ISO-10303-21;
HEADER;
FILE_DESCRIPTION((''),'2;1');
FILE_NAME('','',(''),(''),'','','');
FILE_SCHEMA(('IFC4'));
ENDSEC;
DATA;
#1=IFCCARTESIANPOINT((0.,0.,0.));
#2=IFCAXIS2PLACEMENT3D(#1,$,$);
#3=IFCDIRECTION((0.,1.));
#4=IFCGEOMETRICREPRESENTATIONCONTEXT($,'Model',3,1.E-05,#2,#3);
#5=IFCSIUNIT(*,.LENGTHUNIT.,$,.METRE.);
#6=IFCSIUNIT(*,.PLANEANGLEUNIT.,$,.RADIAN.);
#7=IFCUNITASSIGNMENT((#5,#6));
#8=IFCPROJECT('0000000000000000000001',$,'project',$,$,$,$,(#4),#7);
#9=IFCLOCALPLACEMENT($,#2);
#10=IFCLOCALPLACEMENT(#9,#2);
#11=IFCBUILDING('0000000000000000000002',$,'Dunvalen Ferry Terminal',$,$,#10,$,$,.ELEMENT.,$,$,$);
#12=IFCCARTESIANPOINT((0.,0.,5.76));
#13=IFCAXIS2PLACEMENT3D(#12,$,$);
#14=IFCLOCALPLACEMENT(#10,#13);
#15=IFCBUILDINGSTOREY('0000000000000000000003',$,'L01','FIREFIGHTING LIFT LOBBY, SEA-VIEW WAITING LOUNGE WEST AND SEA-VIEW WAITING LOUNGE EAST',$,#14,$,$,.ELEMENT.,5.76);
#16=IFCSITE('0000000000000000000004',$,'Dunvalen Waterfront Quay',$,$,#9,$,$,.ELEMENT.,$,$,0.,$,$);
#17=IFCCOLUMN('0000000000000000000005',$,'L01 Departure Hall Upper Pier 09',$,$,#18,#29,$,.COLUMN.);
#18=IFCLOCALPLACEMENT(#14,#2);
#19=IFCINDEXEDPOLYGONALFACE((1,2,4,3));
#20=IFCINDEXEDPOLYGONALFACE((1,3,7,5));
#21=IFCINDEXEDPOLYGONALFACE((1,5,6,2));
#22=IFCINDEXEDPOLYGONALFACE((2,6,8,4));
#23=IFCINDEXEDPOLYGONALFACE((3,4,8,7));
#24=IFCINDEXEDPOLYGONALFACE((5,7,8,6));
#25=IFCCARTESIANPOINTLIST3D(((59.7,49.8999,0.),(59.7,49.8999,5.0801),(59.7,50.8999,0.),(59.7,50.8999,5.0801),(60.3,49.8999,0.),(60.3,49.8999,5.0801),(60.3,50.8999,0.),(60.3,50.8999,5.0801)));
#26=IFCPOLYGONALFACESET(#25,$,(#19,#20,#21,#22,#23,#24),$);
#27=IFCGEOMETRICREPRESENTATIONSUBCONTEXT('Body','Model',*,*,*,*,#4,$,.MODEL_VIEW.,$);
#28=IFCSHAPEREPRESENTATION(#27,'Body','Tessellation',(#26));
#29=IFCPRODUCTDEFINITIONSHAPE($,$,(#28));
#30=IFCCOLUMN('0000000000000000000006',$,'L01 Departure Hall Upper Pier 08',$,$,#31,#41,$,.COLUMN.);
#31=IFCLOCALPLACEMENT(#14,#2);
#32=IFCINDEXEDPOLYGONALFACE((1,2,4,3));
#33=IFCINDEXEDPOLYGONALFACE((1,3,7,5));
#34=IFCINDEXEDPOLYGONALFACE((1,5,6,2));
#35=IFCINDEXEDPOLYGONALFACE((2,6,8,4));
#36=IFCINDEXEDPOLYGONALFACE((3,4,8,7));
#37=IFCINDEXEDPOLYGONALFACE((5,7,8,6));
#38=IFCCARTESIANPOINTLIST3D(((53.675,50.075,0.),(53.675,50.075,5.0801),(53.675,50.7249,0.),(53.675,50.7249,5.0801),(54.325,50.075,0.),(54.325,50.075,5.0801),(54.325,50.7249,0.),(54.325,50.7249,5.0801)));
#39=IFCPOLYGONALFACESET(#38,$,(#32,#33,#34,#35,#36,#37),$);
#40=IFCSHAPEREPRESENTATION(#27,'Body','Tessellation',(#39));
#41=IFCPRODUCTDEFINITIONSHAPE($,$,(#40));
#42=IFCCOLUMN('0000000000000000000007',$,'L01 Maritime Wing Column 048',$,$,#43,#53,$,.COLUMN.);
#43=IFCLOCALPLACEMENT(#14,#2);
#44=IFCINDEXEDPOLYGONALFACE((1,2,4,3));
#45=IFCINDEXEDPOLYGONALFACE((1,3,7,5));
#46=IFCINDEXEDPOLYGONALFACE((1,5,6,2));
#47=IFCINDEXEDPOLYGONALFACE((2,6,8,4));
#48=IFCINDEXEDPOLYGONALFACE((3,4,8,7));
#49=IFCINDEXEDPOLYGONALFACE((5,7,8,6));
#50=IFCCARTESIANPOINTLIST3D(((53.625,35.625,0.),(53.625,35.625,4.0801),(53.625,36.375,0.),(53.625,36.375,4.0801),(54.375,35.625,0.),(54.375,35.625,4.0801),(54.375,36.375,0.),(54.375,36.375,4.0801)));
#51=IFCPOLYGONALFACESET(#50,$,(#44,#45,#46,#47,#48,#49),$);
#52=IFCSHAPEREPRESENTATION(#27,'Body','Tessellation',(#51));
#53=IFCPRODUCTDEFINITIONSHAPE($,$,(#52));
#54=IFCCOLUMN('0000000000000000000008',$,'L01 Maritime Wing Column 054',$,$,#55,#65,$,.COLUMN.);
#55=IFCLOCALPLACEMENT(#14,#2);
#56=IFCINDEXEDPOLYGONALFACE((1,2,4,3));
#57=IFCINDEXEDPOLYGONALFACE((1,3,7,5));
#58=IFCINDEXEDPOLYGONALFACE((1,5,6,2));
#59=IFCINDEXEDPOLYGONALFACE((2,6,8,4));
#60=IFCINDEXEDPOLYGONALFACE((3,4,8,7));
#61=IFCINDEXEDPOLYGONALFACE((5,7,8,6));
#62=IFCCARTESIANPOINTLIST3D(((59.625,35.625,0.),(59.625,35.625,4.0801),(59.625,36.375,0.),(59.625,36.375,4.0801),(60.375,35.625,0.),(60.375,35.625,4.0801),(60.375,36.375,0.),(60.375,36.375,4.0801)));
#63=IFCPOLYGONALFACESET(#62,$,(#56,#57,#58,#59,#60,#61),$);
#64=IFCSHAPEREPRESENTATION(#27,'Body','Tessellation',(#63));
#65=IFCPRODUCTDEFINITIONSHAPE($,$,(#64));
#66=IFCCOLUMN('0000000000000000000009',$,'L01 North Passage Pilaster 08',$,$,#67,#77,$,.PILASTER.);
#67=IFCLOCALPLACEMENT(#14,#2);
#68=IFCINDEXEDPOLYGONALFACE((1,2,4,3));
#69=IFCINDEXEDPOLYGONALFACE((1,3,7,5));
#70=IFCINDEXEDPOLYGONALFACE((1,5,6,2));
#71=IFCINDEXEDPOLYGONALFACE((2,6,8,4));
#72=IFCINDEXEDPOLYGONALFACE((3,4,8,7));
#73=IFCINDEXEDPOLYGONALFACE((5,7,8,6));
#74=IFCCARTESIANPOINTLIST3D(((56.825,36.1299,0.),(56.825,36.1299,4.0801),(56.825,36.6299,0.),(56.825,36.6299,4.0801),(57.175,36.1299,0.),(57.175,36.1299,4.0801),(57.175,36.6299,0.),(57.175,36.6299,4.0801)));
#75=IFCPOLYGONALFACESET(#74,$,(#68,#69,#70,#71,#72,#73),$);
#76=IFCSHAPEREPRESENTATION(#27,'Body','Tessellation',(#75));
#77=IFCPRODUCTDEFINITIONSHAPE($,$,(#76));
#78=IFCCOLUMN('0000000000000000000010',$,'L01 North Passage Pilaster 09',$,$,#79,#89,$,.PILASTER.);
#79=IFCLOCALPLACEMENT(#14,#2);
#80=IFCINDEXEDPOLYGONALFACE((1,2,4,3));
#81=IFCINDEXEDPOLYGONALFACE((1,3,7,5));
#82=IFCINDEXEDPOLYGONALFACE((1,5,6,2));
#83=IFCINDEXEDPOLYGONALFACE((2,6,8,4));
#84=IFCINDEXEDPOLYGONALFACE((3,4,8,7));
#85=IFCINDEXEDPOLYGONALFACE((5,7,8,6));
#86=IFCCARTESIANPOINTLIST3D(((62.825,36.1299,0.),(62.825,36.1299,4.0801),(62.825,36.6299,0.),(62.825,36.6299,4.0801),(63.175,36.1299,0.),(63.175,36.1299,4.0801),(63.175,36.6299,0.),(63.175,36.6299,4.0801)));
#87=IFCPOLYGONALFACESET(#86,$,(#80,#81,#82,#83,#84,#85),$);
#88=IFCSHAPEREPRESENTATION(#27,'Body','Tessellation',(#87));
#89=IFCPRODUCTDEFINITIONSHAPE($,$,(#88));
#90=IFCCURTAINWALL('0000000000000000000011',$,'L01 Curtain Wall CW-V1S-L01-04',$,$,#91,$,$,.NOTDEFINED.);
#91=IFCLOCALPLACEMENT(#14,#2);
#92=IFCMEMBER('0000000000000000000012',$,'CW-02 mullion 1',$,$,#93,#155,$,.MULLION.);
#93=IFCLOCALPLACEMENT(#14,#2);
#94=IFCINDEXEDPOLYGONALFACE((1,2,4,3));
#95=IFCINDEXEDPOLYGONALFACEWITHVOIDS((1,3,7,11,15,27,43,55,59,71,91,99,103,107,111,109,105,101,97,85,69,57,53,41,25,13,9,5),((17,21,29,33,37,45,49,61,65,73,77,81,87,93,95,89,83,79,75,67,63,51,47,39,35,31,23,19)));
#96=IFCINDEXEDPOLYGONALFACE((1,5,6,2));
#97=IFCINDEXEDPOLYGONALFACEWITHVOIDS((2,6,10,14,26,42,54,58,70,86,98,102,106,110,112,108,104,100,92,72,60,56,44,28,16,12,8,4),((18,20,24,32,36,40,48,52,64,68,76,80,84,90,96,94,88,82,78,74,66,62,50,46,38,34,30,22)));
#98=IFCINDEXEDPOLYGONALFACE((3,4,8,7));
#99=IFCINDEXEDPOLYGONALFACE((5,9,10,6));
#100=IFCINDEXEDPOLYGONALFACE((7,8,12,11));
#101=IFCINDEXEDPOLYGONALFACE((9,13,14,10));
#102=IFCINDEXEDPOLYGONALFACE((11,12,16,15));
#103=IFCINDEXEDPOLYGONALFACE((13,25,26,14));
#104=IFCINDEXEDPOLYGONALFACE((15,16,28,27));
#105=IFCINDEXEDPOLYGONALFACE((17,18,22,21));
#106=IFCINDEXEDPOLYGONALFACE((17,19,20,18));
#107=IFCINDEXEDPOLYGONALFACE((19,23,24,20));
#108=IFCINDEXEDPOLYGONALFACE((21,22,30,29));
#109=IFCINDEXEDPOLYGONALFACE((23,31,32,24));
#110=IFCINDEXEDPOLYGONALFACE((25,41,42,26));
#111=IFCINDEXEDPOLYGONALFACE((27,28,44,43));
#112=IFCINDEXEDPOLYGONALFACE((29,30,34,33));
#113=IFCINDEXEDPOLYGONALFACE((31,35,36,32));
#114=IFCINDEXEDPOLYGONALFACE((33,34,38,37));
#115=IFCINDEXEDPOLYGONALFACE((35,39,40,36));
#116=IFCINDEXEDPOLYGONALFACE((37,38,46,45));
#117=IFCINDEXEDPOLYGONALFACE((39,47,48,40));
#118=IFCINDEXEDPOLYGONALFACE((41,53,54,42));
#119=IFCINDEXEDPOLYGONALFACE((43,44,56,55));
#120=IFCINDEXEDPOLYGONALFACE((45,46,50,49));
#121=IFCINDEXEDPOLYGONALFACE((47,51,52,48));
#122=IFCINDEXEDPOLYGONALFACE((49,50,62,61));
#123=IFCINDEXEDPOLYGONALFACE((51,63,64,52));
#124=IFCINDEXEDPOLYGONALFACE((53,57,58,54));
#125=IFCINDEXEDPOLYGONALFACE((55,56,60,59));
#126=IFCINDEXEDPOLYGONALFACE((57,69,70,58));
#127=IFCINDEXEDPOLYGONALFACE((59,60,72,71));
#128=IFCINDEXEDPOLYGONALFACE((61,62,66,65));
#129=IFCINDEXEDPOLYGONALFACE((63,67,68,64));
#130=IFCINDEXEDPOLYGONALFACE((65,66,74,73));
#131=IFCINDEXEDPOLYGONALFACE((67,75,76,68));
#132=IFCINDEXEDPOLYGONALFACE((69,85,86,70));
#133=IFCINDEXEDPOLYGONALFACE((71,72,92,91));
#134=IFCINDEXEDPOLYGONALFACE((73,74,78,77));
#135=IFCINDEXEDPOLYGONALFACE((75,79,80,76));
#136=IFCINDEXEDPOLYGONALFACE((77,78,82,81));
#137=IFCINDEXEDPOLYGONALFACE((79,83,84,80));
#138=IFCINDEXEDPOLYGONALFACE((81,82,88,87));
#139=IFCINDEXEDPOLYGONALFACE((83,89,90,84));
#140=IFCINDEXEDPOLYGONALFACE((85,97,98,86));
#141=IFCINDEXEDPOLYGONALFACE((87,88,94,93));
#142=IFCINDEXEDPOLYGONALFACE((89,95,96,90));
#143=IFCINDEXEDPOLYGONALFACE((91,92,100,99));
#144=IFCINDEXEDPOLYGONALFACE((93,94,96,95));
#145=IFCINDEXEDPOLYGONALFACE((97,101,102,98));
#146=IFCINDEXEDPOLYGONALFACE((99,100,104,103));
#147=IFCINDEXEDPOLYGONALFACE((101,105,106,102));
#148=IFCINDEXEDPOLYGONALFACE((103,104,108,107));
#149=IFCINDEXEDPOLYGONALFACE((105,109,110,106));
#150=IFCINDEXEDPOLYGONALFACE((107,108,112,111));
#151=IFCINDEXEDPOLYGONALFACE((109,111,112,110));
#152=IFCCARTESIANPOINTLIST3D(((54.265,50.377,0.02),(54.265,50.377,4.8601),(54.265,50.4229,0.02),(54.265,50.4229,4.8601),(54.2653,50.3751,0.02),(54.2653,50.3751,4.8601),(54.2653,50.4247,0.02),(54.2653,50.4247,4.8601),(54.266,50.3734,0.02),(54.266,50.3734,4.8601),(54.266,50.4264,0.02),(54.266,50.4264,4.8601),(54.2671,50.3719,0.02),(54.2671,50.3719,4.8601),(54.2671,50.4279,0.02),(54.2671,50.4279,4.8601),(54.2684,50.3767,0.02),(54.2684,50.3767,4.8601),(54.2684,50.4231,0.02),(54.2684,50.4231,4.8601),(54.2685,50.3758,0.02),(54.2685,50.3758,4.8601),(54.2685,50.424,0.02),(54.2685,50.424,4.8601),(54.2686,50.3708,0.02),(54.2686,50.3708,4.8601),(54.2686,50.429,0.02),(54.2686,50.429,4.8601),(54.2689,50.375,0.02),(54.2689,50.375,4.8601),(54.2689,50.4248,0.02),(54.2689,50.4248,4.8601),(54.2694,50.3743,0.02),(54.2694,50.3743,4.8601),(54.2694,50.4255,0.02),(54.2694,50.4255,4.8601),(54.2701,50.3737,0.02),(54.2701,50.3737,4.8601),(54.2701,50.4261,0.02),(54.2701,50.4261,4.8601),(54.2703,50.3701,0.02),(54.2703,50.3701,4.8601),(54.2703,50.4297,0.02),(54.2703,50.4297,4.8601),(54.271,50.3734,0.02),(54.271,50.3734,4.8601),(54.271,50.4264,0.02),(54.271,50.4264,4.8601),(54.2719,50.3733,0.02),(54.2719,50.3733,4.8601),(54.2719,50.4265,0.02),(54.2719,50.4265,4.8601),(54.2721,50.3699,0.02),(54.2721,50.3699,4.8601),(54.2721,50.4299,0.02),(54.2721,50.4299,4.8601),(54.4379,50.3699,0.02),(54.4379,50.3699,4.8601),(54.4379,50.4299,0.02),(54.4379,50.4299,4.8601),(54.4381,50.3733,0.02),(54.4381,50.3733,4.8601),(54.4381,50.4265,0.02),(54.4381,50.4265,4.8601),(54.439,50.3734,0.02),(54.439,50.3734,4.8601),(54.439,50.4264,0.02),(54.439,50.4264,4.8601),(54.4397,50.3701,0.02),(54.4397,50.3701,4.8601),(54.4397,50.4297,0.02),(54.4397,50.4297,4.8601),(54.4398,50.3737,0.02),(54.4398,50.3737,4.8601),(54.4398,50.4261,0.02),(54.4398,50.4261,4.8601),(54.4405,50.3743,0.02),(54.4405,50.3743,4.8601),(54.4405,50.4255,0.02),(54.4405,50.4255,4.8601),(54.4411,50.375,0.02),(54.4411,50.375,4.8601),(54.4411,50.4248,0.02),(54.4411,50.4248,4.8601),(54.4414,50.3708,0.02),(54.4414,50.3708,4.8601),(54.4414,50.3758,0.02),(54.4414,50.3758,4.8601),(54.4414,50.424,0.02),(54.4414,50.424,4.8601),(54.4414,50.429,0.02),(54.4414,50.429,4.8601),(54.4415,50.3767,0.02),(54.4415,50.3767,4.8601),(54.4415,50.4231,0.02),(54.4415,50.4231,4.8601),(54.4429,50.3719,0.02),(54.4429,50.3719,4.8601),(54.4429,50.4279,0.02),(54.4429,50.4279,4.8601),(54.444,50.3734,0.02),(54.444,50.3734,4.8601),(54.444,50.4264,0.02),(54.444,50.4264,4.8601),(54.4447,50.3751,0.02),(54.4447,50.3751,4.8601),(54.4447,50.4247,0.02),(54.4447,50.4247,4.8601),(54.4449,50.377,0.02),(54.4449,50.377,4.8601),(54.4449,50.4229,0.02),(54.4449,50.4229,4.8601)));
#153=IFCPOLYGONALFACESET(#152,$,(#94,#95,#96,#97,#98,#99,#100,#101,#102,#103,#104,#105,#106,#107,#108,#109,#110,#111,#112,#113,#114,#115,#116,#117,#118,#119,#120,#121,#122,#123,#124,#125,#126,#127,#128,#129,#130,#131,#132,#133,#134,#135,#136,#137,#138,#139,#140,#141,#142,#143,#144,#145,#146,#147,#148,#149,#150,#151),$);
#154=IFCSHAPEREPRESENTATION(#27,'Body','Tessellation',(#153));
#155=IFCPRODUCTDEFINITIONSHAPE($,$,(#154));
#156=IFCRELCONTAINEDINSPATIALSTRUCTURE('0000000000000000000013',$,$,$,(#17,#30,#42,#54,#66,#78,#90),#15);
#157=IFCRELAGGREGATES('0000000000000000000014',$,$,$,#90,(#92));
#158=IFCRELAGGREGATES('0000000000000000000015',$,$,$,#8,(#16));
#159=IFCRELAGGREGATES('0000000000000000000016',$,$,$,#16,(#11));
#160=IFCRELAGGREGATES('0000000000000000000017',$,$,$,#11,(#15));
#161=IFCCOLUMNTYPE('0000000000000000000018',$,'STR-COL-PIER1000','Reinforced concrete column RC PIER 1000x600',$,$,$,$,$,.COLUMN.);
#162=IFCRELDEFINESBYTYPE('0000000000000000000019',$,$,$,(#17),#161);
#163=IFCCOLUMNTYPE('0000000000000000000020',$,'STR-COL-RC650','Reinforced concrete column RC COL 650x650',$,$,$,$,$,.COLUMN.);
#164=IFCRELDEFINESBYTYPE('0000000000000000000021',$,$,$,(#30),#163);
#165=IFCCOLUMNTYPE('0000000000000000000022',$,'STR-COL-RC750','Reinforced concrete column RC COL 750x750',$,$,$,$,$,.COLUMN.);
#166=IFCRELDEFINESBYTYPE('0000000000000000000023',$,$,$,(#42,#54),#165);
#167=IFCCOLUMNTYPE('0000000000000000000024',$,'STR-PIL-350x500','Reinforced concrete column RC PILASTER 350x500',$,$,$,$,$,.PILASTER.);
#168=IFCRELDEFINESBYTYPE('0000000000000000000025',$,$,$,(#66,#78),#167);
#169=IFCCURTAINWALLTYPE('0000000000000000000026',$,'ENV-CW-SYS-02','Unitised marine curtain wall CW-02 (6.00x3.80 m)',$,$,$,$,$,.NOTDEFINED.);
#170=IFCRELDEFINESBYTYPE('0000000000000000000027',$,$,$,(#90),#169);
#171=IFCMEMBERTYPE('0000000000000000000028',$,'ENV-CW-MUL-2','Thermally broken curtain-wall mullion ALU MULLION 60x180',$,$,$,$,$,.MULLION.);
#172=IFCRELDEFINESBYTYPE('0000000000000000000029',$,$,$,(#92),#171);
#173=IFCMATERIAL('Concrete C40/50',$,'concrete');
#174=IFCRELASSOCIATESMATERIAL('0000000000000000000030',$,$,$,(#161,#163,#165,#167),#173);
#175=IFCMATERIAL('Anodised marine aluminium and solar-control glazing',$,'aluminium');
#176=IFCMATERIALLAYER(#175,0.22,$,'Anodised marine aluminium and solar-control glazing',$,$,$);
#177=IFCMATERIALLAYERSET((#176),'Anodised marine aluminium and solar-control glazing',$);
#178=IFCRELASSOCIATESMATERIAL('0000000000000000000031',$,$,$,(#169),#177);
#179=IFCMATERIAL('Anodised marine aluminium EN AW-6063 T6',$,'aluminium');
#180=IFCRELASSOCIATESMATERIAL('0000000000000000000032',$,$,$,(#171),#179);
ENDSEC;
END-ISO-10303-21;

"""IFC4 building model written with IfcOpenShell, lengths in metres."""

from ifc_helpers import new_model, si_unit, direction, frame, origin, origin_2d, place, context, subcontext, project, spatial, rectangle, hollow_rectangle, extrude, material, layer, layer_set, material_profile, profile_set, type_object, element, aggregate, save


model = new_model("IFC4")

# Units and contexts
model_context = context("Model", 3, precision=1e-05, world=origin(), true_north=direction((0.0, 1.0)))
body_context = subcontext(model_context, "Body", "Model", "MODEL_VIEW")
ifc_project = project(units=[si_unit("LENGTHUNIT", "METRE"), si_unit("PLANEANGLEUNIT", "RADIAN")], contexts=[model_context])

# Site, building, storey
site_placement = place(None, origin())
site = spatial("IfcSite", under=ifc_project, at=site_placement, Name="Dunvalen Waterfront Quay", CompositionType="ELEMENT", RefElevation=0.0)
building_placement = place(site_placement, origin())
building = spatial("IfcBuilding", under=site, at=building_placement, Name="Dunvalen Ferry Terminal", CompositionType="ELEMENT")
storey_placement = place(building_placement, frame((0.0, 0.0, 5.76)))
storey = spatial("IfcBuildingStorey", under=building, at=storey_placement, Name="L01", Description="FIREFIGHTING LIFT LOBBY, SEA-VIEW WAITING LOUNGE WEST AND SEA-VIEW WAITING LOUNGE EAST", CompositionType="ELEMENT", Elevation=5.76)

# Columns
ifc_material_1 = material(Name="Concrete C40/50", Category="concrete")
ifc_material_profile_1 = material_profile(ifc_material_1, rectangle(XDim=0.6001, YDim=1.0, at=origin_2d()), Name="Concrete C40/50")
ifc_profile_set_1 = profile_set([ifc_material_profile_1], Name="Concrete C40/50")
column_type_1 = type_object("IfcColumnType", Name="STR-COL-PIER1000", Description="Reinforced concrete column RC PIER 1000x600", PredefinedType="COLUMN", material=ifc_profile_set_1)
column_1_placement = place(storey_placement, frame((60.0, 50.3999, 0.0), z_axis=(0.0, 0.0, 1.0), x_axis=(1.0, 0.0, 0.0)))
element("IfcColumn", 1, at=column_1_placement, inside=storey, type_object=column_type_1, Name="L01 Departure Hall Upper Pier 09", PredefinedType="COLUMN", context=body_context, shape_type="SweptSolid", body=[
    extrude(rectangle(XDim=0.6001, YDim=1.0, at=origin_2d()), origin(), (0.0, 0.0, 1.0), 5.0801),
])
ifc_material_profile_2 = material_profile(ifc_material_1, rectangle(XDim=0.6499, YDim=0.6499, at=origin_2d()), Name="Concrete C40/50")
ifc_profile_set_2 = profile_set([ifc_material_profile_2], Name="Concrete C40/50")
column_type_2 = type_object("IfcColumnType", Name="STR-COL-RC650", Description="Reinforced concrete column RC COL 650x650", PredefinedType="COLUMN", material=ifc_profile_set_2)
column_2_placement = place(storey_placement, frame((54.0, 50.3999, 0.0), z_axis=(0.0, 0.0, 1.0), x_axis=(1.0, 0.0, 0.0)))
element("IfcColumn", 2, at=column_2_placement, inside=storey, type_object=column_type_2, Name="L01 Departure Hall Upper Pier 08", PredefinedType="COLUMN", context=body_context, shape_type="SweptSolid", body=[
    extrude(rectangle(XDim=0.6499, YDim=0.6499, at=origin_2d()), origin(), (0.0, 0.0, 1.0), 5.0801),
])
ifc_material_profile_3 = material_profile(ifc_material_1, rectangle(XDim=0.75, YDim=0.75, at=origin_2d()), Name="Concrete C40/50")
ifc_profile_set_3 = profile_set([ifc_material_profile_3], Name="Concrete C40/50")
column_type_3 = type_object("IfcColumnType", Name="STR-COL-RC750", Description="Reinforced concrete column RC COL 750x750", PredefinedType="COLUMN", material=ifc_profile_set_3)
for number, where, z_axis, x_axis, name in (
    (3, (54.0, 36.0, 0.0), (0.0, 0.0, 1.0), (1.0, 0.0, 0.0), "L01 Maritime Wing Column 048"),
    (4, (60.0, 36.0, 0.0), (0.0, 0.0, 1.0), (1.0, 0.0, 0.0), "L01 Maritime Wing Column 054"),
):
    element("IfcColumn", number, at=place(storey_placement, frame(where, z_axis=z_axis, x_axis=x_axis)), inside=storey, type_object=column_type_3, Name=name, PredefinedType="COLUMN", context=body_context, shape_type="SweptSolid", body=[
        extrude(rectangle(XDim=0.75, YDim=0.75, at=origin_2d()), origin(), (0.0, 0.0, 1.0), 4.0801),
    ])
ifc_material_profile_4 = material_profile(ifc_material_1, rectangle(XDim=0.3501, YDim=0.5, at=origin_2d()), Name="Concrete C40/50")
ifc_profile_set_4 = profile_set([ifc_material_profile_4], Name="Concrete C40/50")
column_type_4 = type_object("IfcColumnType", Name="STR-PIL-350x500", Description="Reinforced concrete column RC PILASTER 350x500", PredefinedType="PILASTER", material=ifc_profile_set_4)
for number, where, z_axis, x_axis, name in (
    (5, (57.0, 36.3799, 0.0), (0.0, 0.0, 1.0), (1.0, 0.0, 0.0), "L01 North Passage Pilaster 08"),
    (6, (63.0, 36.3799, 0.0), (0.0, 0.0, 1.0), (1.0, 0.0, 0.0), "L01 North Passage Pilaster 09"),
):
    element("IfcColumn", number, at=place(storey_placement, frame(where, z_axis=z_axis, x_axis=x_axis)), inside=storey, type_object=column_type_4, Name=name, PredefinedType="PILASTER", context=body_context, shape_type="SweptSolid", body=[
        extrude(rectangle(XDim=0.3501, YDim=0.5, at=origin_2d()), origin(), (0.0, 0.0, 1.0), 4.0801),
    ])

# Curtain wall, member
ifc_material_2 = material(Name="Anodised marine aluminium and solar-control glazing", Category="aluminium")
ifc_layer_1 = layer(ifc_material_2, 0.22, Name="Anodised marine aluminium and solar-control glazing")
ifc_layer_set_1 = layer_set([ifc_layer_1], Name="Anodised marine aluminium and solar-control glazing")
curtain_wall_type = type_object("IfcCurtainWallType", Name="ENV-CW-SYS-02", Description="Unitised marine curtain wall CW-02 (6.00x3.80 m)", PredefinedType="NOTDEFINED", material=ifc_layer_set_1)
curtain_wall_1_placement = place(storey_placement, origin())
curtain_wall_1 = element("IfcCurtainWall", 7, at=curtain_wall_1_placement, inside=storey, type_object=curtain_wall_type, Name="L01 Curtain Wall CW-V1S-L01-04", PredefinedType="NOTDEFINED")
ifc_material_3 = material(Name="Anodised marine aluminium EN AW-6063 T6", Category="aluminium")
ifc_material_profile_5 = material_profile(ifc_material_3, hollow_rectangle(XDim=0.0601, YDim=0.1799, WallThickness=0.0034, InnerFilletRadius=0.0034, OuterFilletRadius=0.0071, at=origin_2d()), Name="Anodised marine aluminium EN AW-6063 T6")
ifc_profile_set_5 = profile_set([ifc_material_profile_5], Name="Anodised marine aluminium EN AW-6063 T6")
member_type_1 = type_object("IfcMemberType", Name="ENV-CW-MUL-2", Description="Thermally broken curtain-wall mullion ALU MULLION 60x180", PredefinedType="MULLION", material=ifc_profile_set_5)
member_1_placement = place(storey_placement, frame((54.355, 50.3999, 0.02), z_axis=(0.0, 0.0, 1.0), x_axis=(0.0, 1.0, 0.0)))
member_1 = element("IfcMember", 8, at=member_1_placement, type_object=member_type_1, Name="CW-02 mullion 1", PredefinedType="MULLION", context=body_context, shape_type="SweptSolid", body=[
    extrude(hollow_rectangle(XDim=0.0601, YDim=0.1799, WallThickness=0.0034, InnerFilletRadius=0.0034, OuterFilletRadius=0.0071, at=origin_2d()), origin(), (0.0, 0.0, 1.0), 4.8401),
])

aggregate(curtain_wall_1, [member_1])

save(model, "model.ifc")
